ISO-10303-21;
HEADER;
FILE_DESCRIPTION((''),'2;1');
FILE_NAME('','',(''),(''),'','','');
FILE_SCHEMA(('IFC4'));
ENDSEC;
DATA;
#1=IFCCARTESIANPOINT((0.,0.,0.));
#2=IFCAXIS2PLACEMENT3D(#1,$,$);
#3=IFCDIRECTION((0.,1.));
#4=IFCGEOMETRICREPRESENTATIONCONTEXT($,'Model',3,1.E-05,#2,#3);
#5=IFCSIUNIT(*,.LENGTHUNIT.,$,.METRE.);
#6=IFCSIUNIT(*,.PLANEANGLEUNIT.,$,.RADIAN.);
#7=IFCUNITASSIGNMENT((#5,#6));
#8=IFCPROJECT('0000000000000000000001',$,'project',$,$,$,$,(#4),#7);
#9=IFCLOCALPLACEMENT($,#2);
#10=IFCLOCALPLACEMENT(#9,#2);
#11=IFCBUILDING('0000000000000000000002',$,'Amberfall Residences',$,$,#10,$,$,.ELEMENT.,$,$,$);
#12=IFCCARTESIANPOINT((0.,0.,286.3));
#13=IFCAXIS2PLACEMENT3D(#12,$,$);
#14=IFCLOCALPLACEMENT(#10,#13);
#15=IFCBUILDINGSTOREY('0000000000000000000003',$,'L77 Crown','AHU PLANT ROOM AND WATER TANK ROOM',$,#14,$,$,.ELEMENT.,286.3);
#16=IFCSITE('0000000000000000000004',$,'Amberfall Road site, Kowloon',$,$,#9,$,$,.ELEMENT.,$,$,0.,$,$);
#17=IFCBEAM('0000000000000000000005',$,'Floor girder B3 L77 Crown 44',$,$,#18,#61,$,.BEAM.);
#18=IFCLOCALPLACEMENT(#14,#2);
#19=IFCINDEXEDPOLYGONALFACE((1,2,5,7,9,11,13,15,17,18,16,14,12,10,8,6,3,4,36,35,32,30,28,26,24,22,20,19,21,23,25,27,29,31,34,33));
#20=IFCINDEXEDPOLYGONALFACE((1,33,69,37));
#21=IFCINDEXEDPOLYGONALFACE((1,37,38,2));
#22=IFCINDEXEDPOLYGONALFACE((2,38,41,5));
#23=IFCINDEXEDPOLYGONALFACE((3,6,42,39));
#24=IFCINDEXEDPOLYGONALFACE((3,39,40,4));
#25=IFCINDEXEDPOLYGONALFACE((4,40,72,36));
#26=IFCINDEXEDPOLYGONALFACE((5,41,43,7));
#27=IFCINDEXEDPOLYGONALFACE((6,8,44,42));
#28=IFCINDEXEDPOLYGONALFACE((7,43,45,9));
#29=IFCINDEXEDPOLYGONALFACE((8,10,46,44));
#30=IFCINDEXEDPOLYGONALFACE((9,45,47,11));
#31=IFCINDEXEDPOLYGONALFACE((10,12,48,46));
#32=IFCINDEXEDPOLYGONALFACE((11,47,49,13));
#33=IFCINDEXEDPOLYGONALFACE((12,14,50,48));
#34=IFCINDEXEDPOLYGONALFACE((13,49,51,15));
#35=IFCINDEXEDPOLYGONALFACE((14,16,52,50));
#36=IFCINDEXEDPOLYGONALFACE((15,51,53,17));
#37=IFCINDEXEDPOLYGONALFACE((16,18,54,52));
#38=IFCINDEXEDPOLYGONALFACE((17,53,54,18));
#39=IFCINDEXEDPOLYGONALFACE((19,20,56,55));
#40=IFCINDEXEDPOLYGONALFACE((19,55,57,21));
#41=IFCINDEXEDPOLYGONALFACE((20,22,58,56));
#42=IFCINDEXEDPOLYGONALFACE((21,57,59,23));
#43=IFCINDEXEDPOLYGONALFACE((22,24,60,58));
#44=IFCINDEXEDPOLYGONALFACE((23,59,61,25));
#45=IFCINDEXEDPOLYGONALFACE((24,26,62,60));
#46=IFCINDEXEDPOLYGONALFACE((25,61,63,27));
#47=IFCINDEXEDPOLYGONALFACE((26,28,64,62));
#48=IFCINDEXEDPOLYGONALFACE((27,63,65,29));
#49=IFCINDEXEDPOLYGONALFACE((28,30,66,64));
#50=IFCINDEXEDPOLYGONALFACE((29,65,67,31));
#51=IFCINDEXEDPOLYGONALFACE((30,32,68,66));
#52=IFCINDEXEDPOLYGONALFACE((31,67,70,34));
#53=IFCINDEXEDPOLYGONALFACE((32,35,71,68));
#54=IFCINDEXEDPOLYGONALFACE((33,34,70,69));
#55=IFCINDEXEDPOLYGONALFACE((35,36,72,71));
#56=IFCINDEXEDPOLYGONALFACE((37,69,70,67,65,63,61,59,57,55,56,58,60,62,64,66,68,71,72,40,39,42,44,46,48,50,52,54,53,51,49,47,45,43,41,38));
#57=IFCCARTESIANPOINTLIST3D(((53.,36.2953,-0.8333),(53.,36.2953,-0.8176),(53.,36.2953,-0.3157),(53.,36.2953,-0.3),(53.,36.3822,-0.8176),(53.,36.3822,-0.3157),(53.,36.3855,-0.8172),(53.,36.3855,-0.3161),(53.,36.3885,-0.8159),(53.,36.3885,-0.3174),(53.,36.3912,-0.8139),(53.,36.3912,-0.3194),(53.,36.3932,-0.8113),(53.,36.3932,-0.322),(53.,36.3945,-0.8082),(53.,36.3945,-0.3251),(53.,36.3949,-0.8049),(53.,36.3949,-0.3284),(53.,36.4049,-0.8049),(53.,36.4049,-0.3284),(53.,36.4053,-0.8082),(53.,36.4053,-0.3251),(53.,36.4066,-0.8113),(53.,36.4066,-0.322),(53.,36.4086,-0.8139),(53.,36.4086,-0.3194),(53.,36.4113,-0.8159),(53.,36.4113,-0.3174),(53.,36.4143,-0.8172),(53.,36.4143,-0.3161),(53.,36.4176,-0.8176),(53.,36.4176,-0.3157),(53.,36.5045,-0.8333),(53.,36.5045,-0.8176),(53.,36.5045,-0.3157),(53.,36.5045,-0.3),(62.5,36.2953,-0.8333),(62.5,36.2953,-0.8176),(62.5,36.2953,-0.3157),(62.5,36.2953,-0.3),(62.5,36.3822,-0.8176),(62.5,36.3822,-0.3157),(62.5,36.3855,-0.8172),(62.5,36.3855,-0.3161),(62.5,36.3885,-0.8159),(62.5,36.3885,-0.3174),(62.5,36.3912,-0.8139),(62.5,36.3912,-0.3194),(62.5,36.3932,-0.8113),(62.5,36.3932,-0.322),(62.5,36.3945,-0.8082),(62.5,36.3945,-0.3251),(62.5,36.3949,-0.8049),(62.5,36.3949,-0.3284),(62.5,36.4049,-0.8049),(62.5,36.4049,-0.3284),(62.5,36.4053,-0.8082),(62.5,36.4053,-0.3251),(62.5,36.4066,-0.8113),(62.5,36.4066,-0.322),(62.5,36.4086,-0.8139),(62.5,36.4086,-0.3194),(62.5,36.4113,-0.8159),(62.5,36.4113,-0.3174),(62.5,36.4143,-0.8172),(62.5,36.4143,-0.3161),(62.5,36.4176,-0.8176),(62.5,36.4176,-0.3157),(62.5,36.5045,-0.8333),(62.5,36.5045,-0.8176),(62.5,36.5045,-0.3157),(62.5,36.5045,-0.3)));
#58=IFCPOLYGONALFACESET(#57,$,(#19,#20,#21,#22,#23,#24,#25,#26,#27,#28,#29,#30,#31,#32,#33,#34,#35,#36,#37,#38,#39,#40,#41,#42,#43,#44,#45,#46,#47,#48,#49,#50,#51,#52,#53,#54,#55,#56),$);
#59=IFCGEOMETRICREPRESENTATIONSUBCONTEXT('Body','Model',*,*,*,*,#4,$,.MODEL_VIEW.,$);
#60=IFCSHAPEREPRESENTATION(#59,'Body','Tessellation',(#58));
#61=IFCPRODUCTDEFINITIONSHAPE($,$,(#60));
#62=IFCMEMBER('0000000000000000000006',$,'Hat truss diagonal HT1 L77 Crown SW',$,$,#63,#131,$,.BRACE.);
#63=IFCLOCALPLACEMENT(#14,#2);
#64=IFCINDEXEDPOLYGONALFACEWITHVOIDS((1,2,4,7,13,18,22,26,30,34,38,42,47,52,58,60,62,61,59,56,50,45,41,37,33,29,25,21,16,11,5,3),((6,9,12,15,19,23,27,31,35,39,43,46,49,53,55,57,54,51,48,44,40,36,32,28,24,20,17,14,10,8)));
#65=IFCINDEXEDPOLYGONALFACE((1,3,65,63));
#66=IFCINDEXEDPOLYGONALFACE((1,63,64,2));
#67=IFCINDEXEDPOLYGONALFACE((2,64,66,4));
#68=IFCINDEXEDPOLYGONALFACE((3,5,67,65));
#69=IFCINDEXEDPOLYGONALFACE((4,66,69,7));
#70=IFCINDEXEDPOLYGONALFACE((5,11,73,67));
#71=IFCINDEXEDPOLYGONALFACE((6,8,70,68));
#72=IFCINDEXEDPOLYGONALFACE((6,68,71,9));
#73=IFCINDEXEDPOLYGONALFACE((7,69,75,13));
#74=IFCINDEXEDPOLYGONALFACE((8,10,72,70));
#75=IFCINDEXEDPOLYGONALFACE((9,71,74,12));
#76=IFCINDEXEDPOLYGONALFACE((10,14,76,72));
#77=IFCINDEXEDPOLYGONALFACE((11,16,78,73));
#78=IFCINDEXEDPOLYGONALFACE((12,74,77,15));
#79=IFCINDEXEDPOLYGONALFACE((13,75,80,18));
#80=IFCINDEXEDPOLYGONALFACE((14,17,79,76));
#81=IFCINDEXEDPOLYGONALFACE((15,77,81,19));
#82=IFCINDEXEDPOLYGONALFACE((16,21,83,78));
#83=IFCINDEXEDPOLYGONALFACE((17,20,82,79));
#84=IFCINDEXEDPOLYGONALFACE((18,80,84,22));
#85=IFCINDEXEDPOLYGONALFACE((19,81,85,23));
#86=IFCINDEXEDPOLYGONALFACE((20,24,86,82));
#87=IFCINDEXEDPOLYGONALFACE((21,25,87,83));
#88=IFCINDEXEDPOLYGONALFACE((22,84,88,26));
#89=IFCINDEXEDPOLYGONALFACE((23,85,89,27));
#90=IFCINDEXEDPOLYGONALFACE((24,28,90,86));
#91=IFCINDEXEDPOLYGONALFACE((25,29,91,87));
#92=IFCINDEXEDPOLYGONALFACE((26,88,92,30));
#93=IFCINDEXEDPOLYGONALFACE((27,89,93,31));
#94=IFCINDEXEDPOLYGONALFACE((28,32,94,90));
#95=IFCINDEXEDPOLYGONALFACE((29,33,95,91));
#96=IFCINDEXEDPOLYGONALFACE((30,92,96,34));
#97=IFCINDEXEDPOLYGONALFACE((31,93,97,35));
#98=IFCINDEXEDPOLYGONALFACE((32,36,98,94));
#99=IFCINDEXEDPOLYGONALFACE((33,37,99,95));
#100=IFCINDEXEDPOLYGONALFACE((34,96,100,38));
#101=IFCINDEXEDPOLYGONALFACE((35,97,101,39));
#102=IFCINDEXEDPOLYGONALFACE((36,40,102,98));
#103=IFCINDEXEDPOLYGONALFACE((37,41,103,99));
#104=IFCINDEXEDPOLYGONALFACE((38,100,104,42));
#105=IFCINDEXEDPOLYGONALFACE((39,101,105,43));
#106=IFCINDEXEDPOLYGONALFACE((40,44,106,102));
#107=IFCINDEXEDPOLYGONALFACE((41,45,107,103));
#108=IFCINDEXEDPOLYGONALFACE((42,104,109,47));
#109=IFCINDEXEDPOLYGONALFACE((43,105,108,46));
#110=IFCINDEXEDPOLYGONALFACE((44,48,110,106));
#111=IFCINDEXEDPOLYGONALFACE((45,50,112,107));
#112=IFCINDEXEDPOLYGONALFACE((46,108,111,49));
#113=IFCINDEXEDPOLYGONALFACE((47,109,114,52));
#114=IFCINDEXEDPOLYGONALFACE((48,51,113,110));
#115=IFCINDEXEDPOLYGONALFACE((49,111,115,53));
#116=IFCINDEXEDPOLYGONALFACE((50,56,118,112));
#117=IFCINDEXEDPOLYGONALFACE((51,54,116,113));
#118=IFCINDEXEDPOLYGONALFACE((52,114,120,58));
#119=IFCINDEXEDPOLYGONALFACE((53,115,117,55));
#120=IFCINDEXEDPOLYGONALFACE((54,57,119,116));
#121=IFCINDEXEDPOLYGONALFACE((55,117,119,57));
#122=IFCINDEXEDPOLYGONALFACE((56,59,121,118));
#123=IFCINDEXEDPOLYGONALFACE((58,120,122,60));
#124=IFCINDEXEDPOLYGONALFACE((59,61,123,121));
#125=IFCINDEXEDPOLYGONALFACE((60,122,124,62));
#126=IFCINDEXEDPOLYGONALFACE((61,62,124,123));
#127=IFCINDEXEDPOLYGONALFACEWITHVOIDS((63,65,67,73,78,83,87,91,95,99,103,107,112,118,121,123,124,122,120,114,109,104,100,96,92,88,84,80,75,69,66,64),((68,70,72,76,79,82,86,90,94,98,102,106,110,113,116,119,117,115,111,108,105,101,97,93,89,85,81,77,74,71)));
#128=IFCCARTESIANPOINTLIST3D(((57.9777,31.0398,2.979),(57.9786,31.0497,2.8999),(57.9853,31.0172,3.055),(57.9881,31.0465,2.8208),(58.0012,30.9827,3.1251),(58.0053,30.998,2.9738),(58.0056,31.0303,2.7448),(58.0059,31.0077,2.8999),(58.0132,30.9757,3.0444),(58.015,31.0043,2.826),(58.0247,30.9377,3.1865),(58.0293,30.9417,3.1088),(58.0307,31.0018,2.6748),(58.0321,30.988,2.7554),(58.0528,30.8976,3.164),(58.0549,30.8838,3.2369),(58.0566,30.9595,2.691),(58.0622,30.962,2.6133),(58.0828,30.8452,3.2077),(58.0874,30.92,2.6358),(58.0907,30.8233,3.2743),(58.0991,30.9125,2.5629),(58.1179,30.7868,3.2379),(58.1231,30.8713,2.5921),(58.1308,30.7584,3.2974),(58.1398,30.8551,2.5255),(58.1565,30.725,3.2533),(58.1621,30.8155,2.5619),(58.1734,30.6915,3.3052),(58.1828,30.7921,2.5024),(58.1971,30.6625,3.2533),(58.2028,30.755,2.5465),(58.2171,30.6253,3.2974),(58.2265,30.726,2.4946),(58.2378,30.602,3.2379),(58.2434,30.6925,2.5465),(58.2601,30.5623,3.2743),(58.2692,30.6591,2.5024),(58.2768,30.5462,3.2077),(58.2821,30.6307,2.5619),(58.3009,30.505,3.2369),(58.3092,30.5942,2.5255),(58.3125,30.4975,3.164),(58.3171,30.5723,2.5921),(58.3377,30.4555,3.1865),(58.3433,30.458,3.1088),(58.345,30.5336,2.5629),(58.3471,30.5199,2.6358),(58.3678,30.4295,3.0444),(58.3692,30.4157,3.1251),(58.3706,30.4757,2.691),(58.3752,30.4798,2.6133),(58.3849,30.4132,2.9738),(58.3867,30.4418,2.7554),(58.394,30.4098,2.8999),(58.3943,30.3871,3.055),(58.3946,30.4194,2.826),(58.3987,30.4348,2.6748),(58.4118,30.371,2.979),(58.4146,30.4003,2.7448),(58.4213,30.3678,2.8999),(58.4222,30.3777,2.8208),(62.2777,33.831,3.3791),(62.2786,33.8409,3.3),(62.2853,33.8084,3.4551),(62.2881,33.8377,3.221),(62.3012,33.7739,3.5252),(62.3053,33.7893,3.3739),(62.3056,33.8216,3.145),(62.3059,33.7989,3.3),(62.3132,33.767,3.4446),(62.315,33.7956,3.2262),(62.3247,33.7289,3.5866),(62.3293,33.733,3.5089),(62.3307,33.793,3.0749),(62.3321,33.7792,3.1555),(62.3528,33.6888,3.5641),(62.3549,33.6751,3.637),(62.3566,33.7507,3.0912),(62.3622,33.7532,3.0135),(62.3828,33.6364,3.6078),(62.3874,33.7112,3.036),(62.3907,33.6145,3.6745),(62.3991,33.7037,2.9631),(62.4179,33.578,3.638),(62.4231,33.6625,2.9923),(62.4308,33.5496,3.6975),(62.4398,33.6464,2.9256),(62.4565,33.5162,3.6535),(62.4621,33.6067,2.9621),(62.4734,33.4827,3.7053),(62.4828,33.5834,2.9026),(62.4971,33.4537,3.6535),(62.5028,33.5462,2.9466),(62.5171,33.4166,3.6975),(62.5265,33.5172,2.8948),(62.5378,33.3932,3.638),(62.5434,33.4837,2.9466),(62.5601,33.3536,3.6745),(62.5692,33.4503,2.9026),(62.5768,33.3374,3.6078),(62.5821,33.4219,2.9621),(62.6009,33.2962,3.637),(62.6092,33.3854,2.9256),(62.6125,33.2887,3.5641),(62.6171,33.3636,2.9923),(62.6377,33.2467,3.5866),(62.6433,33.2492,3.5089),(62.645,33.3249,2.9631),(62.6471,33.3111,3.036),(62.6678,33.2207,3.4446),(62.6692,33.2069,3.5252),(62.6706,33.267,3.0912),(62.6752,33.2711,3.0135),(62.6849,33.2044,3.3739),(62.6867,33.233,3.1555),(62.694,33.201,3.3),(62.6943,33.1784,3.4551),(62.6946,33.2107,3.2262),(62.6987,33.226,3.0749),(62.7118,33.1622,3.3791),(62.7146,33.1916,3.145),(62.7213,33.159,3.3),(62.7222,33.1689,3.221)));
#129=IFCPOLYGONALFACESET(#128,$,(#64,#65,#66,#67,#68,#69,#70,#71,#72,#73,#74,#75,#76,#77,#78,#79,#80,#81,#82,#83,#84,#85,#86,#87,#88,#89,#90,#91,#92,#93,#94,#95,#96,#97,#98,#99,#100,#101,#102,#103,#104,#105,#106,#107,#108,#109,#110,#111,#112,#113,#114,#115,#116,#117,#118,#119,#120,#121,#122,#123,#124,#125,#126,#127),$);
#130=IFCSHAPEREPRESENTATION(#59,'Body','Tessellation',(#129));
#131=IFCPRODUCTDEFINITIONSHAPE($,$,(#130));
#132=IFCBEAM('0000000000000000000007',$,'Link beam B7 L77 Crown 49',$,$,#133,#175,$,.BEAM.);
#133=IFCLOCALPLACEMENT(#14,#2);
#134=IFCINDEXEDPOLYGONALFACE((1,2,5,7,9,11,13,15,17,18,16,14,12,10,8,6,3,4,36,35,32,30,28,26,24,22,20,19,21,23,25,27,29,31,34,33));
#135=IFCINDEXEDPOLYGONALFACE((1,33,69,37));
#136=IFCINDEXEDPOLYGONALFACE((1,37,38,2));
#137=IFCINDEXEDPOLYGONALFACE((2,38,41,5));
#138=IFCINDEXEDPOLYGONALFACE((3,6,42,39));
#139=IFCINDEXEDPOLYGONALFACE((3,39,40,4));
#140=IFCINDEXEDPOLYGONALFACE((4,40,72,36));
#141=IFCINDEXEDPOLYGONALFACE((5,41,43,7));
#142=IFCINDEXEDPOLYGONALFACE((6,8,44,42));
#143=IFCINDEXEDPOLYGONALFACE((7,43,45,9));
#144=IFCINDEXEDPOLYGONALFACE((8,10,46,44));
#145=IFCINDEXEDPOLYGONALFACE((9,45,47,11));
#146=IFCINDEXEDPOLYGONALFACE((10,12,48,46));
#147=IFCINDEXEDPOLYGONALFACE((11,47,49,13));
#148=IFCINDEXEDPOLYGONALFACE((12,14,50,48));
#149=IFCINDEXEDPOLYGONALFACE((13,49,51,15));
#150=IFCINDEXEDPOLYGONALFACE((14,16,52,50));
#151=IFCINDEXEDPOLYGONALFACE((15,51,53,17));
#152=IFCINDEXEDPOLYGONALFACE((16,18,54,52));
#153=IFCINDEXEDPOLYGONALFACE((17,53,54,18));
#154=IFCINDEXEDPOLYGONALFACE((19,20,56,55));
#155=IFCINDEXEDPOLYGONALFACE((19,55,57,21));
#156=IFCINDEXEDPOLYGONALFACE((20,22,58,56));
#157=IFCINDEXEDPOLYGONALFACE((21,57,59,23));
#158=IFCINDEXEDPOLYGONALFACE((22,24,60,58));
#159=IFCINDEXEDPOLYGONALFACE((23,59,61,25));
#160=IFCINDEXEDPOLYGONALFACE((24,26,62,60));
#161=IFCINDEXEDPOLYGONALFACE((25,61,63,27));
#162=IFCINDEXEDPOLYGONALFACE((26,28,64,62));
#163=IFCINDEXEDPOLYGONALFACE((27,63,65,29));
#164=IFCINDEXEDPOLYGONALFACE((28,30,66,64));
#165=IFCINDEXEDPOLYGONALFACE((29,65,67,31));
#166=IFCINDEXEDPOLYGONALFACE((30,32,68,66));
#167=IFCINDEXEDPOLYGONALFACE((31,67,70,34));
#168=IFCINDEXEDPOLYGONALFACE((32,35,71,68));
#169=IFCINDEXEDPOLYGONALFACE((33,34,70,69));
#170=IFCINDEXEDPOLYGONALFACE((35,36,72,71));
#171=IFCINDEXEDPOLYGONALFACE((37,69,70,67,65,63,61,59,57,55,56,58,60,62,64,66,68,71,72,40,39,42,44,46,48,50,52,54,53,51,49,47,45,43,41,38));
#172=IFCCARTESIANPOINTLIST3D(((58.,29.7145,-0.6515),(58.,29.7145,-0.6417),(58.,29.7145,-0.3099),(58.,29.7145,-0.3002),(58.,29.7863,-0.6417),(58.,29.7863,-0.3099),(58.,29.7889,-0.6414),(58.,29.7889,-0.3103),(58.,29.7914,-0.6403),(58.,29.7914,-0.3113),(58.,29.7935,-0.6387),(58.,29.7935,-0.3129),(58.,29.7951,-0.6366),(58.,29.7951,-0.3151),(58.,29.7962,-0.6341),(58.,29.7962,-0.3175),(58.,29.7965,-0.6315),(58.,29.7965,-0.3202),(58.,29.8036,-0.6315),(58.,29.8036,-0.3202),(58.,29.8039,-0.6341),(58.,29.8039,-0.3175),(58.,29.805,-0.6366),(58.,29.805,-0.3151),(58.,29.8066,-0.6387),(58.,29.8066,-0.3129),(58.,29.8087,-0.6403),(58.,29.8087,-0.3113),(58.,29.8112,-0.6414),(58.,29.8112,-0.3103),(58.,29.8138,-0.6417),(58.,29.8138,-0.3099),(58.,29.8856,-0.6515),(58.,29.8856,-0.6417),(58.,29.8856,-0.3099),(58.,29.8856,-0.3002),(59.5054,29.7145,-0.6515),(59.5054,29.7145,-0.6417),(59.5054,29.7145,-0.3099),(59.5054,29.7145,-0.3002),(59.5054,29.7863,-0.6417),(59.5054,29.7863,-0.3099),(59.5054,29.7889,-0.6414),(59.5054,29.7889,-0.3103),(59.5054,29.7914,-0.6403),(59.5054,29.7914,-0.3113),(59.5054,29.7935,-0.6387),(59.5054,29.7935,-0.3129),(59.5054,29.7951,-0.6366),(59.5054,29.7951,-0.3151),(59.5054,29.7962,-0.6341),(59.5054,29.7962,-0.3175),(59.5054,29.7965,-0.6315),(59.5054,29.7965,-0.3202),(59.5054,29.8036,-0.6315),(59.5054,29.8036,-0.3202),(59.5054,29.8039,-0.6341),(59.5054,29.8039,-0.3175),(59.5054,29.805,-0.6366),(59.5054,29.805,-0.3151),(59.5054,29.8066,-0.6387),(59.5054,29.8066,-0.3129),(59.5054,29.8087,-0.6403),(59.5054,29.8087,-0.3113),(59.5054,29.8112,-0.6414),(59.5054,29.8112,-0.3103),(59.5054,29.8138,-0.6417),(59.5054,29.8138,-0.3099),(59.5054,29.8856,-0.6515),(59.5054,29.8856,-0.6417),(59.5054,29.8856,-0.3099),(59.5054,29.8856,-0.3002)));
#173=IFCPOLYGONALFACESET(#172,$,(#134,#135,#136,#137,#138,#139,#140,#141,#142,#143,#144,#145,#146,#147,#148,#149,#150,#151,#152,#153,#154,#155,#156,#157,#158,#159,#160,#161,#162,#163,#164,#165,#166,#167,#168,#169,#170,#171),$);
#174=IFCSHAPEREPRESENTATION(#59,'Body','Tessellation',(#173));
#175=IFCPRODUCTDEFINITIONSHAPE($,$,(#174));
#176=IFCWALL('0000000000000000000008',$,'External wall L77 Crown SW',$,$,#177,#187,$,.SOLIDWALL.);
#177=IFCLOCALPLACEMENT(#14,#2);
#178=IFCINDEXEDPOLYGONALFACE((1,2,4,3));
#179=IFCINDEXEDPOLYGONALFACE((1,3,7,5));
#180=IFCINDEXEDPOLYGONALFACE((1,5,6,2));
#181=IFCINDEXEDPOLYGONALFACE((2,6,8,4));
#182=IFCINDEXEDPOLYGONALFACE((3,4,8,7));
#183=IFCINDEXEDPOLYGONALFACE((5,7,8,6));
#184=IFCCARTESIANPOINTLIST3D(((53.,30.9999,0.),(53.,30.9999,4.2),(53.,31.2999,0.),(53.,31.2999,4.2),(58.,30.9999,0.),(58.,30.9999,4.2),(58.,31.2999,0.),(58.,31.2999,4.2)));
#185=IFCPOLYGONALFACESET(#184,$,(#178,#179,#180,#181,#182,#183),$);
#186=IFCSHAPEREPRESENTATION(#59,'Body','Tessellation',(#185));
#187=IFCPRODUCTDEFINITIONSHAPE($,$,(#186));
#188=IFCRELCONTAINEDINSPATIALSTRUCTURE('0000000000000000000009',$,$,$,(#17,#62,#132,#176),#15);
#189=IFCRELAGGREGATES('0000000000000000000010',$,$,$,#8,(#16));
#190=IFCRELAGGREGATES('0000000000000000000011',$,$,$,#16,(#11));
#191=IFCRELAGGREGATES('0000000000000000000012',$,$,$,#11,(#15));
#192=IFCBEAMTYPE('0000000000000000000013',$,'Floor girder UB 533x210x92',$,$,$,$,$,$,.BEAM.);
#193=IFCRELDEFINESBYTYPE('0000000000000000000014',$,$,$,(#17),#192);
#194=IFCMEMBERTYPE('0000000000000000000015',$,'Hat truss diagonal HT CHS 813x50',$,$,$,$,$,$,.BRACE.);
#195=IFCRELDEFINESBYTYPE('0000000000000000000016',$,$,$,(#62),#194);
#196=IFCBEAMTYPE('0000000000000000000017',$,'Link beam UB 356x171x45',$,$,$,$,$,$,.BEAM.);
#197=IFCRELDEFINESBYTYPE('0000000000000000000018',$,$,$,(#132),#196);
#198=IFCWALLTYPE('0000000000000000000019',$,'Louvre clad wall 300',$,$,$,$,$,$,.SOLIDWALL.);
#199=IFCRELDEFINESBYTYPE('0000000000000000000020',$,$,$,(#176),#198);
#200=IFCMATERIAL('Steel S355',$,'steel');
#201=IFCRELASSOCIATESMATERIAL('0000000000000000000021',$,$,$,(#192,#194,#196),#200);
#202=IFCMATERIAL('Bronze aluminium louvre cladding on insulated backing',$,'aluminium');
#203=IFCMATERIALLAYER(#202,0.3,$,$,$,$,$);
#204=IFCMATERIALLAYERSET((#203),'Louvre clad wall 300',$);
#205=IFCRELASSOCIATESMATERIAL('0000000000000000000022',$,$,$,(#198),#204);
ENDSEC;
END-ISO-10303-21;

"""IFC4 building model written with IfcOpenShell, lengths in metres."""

from ifc_helpers import new_model, si_unit, direction, frame, frame_2d, origin, origin_2d, place, context, subcontext, project, spatial, rectangle, hollow_circle, i_section, extrude, material, layer, layer_set, material_profile, profile_set, type_object, element, save


model = new_model("IFC4")

# Units and contexts
model_context = context("Model", 3, precision=1e-05, world=origin(), true_north=direction((0.0, 1.0)))
body_context = subcontext(model_context, "Body", "Model", "MODEL_VIEW")
ifc_project = project(units=[si_unit("LENGTHUNIT", "METRE"), si_unit("PLANEANGLEUNIT", "RADIAN")], contexts=[model_context])

# Site, building, storey
site_placement = place(None, origin())
site = spatial("IfcSite", under=ifc_project, at=site_placement, Name="Amberfall Road site, Kowloon", CompositionType="ELEMENT", RefElevation=0.0)
building_placement = place(site_placement, origin())
building = spatial("IfcBuilding", under=site, at=building_placement, Name="Amberfall Residences", CompositionType="ELEMENT")
storey_placement = place(building_placement, frame((0.0, 0.0, 286.3)))
storey = spatial("IfcBuildingStorey", under=building, at=storey_placement, Name="L77 Crown", Description="AHU PLANT ROOM AND WATER TANK ROOM", CompositionType="ELEMENT", Elevation=286.3)

# Shared definitions
ifc_material_1 = material(Name="Steel S355", Category="steel")

# Beam
ifc_material_profile_1 = material_profile(ifc_material_1, i_section(OverallWidth=0.2092, OverallDepth=0.5332, WebThickness=0.01, FlangeThickness=0.0156, FilletRadius=0.0127, at=origin_2d()), Name="UB 533x210x92")
ifc_profile_set_1 = profile_set([ifc_material_profile_1], Name="Steel S355")
beam_type_1 = type_object("IfcBeamType", Name="Floor girder UB 533x210x92", PredefinedType="BEAM", material=ifc_profile_set_1)
beam_1_placement = place(storey_placement, frame((53.0, 36.3999, -0.5667), z_axis=(1.0, 0.0, 0.0), x_axis=(0.0, 1.0, 0.0)))
element("IfcBeam", 1, at=beam_1_placement, inside=storey, type_object=beam_type_1, Name="Floor girder B3 L77 Crown 44", PredefinedType="BEAM", context=body_context, shape_type="SweptSolid", body=[
    extrude(i_section(OverallWidth=0.2092, OverallDepth=0.5332, WebThickness=0.01, FlangeThickness=0.0156, FilletRadius=0.0127, at=origin_2d()), origin(), (0.0, 0.0, 1.0), 9.5),
])

# Member
ifc_material_profile_2 = material_profile(ifc_material_1, hollow_circle(Radius=0.4065, WallThickness=0.05, at=origin_2d()), Name="CHS 813x50")
ifc_profile_set_2 = profile_set([ifc_material_profile_2], Name="Steel S355")
member_type_1 = type_object("IfcMemberType", Name="Hat truss diagonal HT CHS 813x50", PredefinedType="BRACE", material=ifc_profile_set_2)
member_1_placement = place(storey_placement, frame((58.2, 30.7087, 2.8999), z_axis=(0.836236, 0.54282, 0.077817), x_axis=(-0.544471, 0.83878, 0.0)))
element("IfcMember", 2, at=member_1_placement, inside=storey, type_object=member_type_1, Name="Hat truss diagonal HT1 L77 Crown SW", PredefinedType="BRACE", context=body_context, shape_type="SweptSolid", body=[
    extrude(hollow_circle(Radius=0.4065, WallThickness=0.05, at=origin_2d()), origin(), (0.0, 0.0, 1.0), 5.1421),
])

# Beam
ifc_material_profile_3 = material_profile(ifc_material_1, i_section(OverallWidth=0.1711, OverallDepth=0.3513, WebThickness=0.0071, FlangeThickness=0.0098, FilletRadius=0.0103, at=origin_2d()), Name="UB 356x171x45")
ifc_profile_set_3 = profile_set([ifc_material_profile_3], Name="Steel S355")
beam_type_2 = type_object("IfcBeamType", Name="Link beam UB 356x171x45", PredefinedType="BEAM", material=ifc_profile_set_3)
beam_2_placement = place(storey_placement, frame((58.0, 29.8, -0.4758), z_axis=(1.0, 0.0, 0.0), x_axis=(0.0, 1.0, 0.0)))
element("IfcBeam", 3, at=beam_2_placement, inside=storey, type_object=beam_type_2, Name="Link beam B7 L77 Crown 49", PredefinedType="BEAM", context=body_context, shape_type="SweptSolid", body=[
    extrude(i_section(OverallWidth=0.1711, OverallDepth=0.3513, WebThickness=0.0071, FlangeThickness=0.0098, FilletRadius=0.0103, at=origin_2d()), origin(), (0.0, 0.0, 1.0), 1.5054),
])

# Wall
ifc_material_2 = material(Name="Bronze aluminium louvre cladding on insulated backing", Category="aluminium")
ifc_layer_1 = layer(ifc_material_2, 0.3)
ifc_layer_set_1 = layer_set([ifc_layer_1], Name="Louvre clad wall 300")
wall_type_1 = type_object("IfcWallType", Name="Louvre clad wall 300", PredefinedType="SOLIDWALL", material=ifc_layer_set_1)
wall_1_placement = place(storey_placement, frame((53.0, 31.1499, 0.0), z_axis=(0.0, 0.0, 1.0), x_axis=(1.0, 0.0, 0.0)))
element("IfcWall", 4, at=wall_1_placement, inside=storey, type_object=wall_type_1, Name="External wall L77 Crown SW", PredefinedType="SOLIDWALL", context=body_context, shape_type="SweptSolid", body=[
    extrude(rectangle(XDim=5.0, YDim=0.3, at=frame_2d((2.5, 0.0))), origin(), (0.0, 0.0, 1.0), 4.2),
])

save(model, "model.ifc")
